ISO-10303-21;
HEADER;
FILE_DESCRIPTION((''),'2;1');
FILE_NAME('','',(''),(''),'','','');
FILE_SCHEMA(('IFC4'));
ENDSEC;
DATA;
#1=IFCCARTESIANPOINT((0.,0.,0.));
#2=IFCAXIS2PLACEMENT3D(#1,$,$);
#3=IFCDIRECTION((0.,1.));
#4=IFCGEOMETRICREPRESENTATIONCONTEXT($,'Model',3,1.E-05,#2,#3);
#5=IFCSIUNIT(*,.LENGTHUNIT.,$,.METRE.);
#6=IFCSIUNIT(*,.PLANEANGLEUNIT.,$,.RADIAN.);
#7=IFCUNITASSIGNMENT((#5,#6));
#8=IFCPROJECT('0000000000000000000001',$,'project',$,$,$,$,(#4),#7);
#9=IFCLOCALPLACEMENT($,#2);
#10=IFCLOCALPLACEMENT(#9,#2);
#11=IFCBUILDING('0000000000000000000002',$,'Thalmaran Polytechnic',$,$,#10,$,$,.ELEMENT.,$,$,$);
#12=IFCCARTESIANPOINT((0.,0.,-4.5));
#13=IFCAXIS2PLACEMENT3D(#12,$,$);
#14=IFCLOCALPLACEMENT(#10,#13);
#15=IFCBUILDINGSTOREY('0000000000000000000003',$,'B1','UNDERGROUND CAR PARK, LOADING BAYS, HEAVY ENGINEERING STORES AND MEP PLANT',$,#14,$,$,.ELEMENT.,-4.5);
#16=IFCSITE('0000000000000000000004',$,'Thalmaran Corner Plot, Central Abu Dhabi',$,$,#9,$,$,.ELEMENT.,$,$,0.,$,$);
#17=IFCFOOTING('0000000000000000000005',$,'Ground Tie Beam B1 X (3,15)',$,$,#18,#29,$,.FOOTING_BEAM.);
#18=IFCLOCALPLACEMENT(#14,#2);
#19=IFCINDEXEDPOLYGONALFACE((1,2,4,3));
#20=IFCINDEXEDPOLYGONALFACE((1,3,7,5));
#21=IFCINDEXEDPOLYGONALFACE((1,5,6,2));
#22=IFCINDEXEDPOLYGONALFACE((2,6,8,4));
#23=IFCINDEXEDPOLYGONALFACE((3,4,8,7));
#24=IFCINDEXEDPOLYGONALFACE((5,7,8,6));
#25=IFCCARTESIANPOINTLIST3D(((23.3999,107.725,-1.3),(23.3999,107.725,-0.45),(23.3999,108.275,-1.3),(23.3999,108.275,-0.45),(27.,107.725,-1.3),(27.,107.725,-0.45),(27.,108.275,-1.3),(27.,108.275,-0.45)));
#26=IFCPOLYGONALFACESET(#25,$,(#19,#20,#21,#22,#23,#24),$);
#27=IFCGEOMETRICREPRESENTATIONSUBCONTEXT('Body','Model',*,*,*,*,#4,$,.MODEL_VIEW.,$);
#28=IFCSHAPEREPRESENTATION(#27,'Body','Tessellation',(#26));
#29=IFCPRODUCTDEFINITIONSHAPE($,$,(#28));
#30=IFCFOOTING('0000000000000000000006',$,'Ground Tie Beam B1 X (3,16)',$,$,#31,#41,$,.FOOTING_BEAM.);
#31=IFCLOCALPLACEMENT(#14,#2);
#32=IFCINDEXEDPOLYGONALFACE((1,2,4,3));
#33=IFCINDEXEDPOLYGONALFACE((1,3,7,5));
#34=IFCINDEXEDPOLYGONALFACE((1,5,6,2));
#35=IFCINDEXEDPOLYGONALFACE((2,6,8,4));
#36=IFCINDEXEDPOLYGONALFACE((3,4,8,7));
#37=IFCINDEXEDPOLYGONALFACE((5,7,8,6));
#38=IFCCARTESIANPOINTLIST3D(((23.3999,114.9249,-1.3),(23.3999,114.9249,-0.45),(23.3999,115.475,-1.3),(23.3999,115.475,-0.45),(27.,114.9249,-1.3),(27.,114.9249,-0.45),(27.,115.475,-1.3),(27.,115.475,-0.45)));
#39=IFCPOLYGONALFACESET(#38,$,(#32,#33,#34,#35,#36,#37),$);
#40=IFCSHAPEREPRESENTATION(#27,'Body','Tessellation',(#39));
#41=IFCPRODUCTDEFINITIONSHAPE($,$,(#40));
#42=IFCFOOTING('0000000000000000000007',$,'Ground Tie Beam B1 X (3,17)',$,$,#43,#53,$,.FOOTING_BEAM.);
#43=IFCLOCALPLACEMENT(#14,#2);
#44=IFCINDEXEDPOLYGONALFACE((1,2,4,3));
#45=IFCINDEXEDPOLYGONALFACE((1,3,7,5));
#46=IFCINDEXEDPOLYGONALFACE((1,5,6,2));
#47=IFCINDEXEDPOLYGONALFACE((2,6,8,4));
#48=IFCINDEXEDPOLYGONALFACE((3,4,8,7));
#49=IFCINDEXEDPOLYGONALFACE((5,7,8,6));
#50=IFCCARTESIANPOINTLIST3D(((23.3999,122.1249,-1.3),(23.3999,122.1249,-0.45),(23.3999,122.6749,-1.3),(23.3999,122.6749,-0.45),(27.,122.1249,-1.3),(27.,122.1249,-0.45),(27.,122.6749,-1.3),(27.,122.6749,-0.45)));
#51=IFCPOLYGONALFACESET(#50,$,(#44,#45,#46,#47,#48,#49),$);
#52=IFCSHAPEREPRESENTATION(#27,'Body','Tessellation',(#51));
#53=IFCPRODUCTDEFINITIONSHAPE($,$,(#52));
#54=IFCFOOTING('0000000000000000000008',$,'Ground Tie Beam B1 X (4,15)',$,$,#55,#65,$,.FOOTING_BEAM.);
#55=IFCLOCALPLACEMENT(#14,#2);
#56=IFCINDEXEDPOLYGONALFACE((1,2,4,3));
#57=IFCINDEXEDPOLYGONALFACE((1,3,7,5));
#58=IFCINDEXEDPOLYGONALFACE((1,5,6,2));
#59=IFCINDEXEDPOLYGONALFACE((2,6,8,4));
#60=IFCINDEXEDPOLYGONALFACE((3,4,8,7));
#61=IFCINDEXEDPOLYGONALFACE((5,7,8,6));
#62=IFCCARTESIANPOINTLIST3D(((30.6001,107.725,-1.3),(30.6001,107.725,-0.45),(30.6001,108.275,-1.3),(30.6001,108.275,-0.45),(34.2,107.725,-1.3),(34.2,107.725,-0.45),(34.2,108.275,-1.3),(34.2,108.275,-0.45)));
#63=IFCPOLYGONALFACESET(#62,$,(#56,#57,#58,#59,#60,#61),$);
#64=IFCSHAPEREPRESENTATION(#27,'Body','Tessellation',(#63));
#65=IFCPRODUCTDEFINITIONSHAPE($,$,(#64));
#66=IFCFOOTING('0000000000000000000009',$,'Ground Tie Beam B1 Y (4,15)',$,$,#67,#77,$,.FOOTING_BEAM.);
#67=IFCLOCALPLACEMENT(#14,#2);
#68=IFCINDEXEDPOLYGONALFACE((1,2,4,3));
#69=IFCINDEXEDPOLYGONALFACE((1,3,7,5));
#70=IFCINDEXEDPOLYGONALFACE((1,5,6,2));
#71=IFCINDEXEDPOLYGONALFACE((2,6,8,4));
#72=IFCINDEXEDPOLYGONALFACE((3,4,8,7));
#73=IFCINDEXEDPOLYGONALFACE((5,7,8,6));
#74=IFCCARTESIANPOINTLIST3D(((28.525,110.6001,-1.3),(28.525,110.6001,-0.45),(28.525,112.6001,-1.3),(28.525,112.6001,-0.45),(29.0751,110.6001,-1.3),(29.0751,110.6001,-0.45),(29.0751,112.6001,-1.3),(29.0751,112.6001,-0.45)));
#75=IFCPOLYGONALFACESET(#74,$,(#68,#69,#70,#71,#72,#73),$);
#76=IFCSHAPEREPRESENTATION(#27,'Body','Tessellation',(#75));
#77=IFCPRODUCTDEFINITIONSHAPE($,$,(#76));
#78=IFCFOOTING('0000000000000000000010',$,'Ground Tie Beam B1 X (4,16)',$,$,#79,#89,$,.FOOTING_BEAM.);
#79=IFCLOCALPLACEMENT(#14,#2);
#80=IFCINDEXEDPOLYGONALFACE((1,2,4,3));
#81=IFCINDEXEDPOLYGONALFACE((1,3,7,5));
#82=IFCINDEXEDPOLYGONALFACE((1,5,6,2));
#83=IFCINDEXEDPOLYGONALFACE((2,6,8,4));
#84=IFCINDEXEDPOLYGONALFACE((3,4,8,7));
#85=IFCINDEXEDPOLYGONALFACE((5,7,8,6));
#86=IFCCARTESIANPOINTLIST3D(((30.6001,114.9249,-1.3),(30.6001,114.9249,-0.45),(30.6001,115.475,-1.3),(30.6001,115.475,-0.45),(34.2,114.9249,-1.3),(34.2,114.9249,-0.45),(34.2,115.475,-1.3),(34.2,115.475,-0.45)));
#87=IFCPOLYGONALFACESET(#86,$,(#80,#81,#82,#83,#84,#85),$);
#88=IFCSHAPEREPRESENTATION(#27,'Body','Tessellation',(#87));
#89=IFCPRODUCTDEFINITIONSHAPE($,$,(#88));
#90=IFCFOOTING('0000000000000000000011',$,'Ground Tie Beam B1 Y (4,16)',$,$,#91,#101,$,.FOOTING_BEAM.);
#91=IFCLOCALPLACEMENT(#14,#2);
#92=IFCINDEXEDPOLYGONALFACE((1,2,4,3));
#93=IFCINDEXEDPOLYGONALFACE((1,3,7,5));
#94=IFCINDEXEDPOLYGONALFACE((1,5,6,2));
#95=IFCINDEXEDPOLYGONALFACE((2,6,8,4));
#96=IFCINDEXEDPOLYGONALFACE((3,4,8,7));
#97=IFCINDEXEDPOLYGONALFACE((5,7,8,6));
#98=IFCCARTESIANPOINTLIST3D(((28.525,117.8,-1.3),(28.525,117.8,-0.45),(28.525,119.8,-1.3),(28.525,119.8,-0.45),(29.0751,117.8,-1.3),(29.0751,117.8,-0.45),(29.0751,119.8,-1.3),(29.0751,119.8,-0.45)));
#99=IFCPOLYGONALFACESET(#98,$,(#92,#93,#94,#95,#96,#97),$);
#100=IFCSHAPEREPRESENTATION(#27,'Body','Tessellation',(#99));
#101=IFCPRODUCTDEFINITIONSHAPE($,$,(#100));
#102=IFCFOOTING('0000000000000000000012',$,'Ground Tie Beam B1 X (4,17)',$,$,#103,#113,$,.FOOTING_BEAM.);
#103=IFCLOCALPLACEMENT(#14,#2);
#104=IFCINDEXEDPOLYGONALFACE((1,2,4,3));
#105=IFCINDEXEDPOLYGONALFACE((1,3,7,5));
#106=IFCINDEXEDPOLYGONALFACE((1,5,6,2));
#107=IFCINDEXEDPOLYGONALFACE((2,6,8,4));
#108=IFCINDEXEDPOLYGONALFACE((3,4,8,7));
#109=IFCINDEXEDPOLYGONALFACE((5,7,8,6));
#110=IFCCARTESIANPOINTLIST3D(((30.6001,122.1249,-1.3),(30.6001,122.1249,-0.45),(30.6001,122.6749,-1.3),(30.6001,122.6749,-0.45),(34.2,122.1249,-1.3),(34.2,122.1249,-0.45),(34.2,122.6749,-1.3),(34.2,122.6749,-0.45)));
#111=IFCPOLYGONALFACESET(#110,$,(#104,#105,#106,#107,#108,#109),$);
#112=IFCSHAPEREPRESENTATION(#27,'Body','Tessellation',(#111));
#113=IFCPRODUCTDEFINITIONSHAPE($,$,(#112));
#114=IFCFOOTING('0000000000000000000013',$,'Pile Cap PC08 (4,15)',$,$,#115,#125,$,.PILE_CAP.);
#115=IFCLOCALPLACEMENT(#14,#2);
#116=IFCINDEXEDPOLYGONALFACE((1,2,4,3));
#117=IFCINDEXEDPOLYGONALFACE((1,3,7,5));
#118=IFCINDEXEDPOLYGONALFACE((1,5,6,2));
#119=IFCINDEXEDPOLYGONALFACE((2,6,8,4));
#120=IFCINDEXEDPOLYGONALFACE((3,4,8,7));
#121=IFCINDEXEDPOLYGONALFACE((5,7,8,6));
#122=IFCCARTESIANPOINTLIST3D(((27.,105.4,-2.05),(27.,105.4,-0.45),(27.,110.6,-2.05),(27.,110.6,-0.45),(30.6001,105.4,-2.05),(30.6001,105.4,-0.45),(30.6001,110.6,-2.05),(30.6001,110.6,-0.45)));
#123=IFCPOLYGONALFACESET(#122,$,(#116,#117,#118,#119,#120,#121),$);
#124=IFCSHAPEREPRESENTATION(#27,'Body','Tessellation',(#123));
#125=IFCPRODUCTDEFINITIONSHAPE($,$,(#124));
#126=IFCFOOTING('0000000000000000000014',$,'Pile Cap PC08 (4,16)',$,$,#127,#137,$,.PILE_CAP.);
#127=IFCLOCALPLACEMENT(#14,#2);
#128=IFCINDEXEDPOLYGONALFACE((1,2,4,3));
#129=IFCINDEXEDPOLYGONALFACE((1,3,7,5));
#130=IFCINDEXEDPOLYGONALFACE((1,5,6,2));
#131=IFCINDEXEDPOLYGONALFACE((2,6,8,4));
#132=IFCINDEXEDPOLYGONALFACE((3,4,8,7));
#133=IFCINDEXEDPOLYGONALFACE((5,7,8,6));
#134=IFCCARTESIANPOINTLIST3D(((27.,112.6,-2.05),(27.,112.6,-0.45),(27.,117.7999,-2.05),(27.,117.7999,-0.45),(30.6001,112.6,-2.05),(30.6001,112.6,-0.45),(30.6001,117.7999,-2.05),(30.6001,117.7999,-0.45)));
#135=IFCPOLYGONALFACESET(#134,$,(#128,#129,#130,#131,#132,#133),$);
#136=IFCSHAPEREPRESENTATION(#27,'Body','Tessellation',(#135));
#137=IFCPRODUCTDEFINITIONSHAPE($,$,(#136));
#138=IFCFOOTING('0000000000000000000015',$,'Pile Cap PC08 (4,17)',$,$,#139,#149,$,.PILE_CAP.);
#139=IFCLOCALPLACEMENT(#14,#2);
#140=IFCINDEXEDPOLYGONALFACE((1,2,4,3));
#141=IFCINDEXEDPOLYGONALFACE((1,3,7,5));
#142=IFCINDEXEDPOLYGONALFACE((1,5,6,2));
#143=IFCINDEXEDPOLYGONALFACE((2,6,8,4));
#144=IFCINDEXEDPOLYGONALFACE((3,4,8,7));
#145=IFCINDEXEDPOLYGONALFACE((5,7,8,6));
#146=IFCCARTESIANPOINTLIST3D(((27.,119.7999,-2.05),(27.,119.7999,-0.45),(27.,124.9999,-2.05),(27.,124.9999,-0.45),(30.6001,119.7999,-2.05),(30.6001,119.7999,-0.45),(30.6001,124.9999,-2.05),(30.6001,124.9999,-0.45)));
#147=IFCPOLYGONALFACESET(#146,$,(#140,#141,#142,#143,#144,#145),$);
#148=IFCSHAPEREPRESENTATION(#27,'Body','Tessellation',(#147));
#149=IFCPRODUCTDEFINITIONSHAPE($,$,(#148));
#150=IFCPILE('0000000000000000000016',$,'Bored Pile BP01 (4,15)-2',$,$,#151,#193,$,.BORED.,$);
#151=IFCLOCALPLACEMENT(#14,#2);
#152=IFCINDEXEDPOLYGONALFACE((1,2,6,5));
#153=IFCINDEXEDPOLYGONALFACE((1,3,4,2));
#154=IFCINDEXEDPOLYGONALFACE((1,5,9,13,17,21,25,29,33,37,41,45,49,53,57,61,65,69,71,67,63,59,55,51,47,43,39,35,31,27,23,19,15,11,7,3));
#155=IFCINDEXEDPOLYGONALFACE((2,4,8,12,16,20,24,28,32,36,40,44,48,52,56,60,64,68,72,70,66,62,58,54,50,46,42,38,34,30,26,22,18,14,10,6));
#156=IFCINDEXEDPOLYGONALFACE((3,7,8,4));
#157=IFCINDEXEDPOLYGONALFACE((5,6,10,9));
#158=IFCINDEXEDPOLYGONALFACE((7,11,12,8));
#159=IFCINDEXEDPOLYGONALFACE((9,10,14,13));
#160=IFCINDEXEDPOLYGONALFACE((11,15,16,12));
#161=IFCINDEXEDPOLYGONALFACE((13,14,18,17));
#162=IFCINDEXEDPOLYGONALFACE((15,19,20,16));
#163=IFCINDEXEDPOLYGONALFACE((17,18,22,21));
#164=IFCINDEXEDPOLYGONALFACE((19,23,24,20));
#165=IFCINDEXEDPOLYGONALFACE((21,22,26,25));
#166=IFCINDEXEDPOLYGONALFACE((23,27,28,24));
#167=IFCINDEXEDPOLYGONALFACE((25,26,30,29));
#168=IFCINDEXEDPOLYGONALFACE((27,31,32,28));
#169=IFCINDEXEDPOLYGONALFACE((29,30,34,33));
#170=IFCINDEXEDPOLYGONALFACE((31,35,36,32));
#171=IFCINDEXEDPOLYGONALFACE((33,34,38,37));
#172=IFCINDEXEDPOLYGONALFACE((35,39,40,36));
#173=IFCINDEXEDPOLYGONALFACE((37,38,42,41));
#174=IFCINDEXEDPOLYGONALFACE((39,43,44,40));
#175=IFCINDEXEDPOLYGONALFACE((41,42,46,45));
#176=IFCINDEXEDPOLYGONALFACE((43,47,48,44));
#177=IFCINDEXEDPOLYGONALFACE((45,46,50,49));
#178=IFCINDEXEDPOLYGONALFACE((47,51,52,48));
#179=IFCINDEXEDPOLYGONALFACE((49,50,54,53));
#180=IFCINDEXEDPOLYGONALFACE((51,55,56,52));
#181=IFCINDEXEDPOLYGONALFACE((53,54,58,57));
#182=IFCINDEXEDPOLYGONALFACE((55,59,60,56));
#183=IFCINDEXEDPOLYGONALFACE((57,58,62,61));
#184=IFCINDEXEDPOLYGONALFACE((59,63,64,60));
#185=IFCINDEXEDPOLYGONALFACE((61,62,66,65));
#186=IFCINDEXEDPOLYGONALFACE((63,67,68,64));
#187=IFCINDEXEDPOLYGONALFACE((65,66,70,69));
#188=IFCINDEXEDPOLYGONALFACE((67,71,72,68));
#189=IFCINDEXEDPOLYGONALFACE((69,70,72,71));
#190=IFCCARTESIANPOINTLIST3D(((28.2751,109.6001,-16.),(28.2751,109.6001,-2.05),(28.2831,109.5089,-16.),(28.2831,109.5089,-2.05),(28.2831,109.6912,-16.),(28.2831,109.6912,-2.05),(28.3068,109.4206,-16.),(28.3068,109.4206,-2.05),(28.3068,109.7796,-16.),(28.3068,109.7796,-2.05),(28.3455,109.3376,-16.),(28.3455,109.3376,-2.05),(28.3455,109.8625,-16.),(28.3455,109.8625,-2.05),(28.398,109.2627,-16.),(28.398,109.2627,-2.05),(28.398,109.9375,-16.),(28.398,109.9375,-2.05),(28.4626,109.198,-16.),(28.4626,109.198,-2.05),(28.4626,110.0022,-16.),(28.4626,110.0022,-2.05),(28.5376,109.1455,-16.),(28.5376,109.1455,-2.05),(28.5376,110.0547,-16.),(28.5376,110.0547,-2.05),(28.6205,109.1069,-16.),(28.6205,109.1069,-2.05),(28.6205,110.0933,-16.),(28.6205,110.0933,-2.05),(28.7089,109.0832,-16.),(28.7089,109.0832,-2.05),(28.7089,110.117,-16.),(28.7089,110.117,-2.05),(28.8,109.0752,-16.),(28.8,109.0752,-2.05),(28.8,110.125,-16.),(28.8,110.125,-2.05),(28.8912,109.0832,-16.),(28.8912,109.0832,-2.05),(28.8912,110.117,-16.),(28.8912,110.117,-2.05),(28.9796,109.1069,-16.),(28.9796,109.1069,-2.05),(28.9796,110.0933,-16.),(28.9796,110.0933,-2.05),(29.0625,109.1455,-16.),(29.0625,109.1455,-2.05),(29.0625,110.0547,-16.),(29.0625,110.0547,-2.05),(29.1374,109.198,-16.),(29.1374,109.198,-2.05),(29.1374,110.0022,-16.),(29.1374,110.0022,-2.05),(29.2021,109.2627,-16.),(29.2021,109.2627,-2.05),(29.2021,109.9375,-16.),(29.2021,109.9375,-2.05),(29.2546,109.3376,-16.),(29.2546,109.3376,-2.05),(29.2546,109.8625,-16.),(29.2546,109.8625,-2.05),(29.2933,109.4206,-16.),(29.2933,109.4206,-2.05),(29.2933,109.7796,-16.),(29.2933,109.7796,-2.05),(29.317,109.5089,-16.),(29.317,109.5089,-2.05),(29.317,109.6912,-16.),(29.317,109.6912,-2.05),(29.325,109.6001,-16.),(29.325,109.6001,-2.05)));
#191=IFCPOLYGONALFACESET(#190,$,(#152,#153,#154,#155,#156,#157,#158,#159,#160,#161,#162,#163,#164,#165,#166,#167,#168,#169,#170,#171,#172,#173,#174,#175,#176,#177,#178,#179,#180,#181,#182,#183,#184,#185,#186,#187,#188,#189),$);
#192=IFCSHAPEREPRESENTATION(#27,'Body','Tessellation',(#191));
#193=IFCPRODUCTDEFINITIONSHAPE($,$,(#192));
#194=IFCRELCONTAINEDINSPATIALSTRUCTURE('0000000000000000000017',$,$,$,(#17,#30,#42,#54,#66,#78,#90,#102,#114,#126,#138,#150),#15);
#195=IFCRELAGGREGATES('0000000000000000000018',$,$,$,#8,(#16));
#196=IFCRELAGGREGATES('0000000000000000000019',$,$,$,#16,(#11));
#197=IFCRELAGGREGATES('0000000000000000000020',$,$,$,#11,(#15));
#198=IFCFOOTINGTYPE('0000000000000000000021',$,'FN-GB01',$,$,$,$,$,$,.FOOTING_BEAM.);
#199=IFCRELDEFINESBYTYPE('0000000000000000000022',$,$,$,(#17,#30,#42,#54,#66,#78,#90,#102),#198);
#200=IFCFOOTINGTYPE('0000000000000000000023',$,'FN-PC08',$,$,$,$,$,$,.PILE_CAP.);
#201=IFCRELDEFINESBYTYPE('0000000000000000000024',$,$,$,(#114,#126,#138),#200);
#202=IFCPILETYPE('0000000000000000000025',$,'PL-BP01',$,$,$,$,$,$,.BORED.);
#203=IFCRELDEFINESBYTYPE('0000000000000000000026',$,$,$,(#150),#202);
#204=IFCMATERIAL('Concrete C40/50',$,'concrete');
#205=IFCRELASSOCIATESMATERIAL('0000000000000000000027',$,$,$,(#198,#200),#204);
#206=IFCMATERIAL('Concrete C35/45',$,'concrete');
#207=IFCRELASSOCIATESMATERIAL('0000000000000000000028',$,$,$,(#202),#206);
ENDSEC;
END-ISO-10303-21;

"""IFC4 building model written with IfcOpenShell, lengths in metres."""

from ifc_helpers import new_model, si_unit, direction, frame, origin, origin_2d, place, context, subcontext, project, spatial, rectangle, circle, extrude, material, material_profile, profile_set, type_object, element, save


model = new_model("IFC4")

# Units and contexts
model_context = context("Model", 3, precision=1e-05, world=origin(), true_north=direction((0.0, 1.0)))
body_context = subcontext(model_context, "Body", "Model", "MODEL_VIEW")
ifc_project = project(units=[si_unit("LENGTHUNIT", "METRE"), si_unit("PLANEANGLEUNIT", "RADIAN")], contexts=[model_context])

# Site, building, storey
site_placement = place(None, origin())
site = spatial("IfcSite", under=ifc_project, at=site_placement, Name="Thalmaran Corner Plot, Central Abu Dhabi", CompositionType="ELEMENT", RefElevation=0.0)
building_placement = place(site_placement, origin())
building = spatial("IfcBuilding", under=site, at=building_placement, Name="Thalmaran Polytechnic", CompositionType="ELEMENT")
storey_placement = place(building_placement, frame((0.0, 0.0, -4.5)))
storey = spatial("IfcBuildingStorey", under=building, at=storey_placement, Name="B1", Description="UNDERGROUND CAR PARK, LOADING BAYS, HEAVY ENGINEERING STORES AND MEP PLANT", CompositionType="ELEMENT", Elevation=-4.5)

# Footings
ifc_material_1 = material(Name="Concrete C40/50", Category="concrete")
ifc_material_profile_1 = material_profile(ifc_material_1, rectangle(XDim=0.55, YDim=0.8501, at=origin_2d()), Name="RC 550x850")
ifc_profile_set_1 = profile_set([ifc_material_profile_1], Name="Concrete C40/50")
footing_type_1 = type_object("IfcFootingType", Name="FN-GB01", PredefinedType="FOOTING_BEAM", material=ifc_profile_set_1)
for number, where, z_axis, x_axis, name in (
    (1, (23.3999, 108.0, -0.875), (1.0, 0.0, 0.0), (0.0, 1.0, 0.0), "Ground Tie Beam B1 X (3,15)"),
    (2, (23.3999, 115.2, -0.875), (1.0, 0.0, 0.0), (0.0, 1.0, 0.0), "Ground Tie Beam B1 X (3,16)"),
    (3, (23.3999, 122.3999, -0.875), (1.0, 0.0, 0.0), (0.0, 1.0, 0.0), "Ground Tie Beam B1 X (3,17)"),
):
    element("IfcFooting", number, at=place(storey_placement, frame(where, z_axis=z_axis, x_axis=x_axis)), inside=storey, type_object=footing_type_1, Name=name, PredefinedType="FOOTING_BEAM", context=body_context, shape_type="SweptSolid", body=[
        extrude(rectangle(XDim=0.55, YDim=0.8501, at=origin_2d()), origin(), (0.0, 0.0, 1.0), 3.6001),
    ])
footing_1_placement = place(storey_placement, frame((30.6001, 108.0, -0.875), z_axis=(1.0, 0.0, 0.0), x_axis=(0.0, 1.0, 0.0)))
element("IfcFooting", 4, at=footing_1_placement, inside=storey, type_object=footing_type_1, Name="Ground Tie Beam B1 X (4,15)", PredefinedType="FOOTING_BEAM", context=body_context, shape_type="SweptSolid", body=[
    extrude(rectangle(XDim=0.55, YDim=0.8501, at=origin_2d()), origin(), (0.0, 0.0, 1.0), 3.5999),
])
footing_2_placement = place(storey_placement, frame((28.8, 110.6001, -0.875), z_axis=(0.0, 1.0, 0.0), x_axis=(-1.0, 0.0, 0.0)))
element("IfcFooting", 5, at=footing_2_placement, inside=storey, type_object=footing_type_1, Name="Ground Tie Beam B1 Y (4,15)", PredefinedType="FOOTING_BEAM", context=body_context, shape_type="SweptSolid", body=[
    extrude(rectangle(XDim=0.55, YDim=0.8501, at=origin_2d()), origin(), (0.0, 0.0, 1.0), 2.0),
])
footing_3_placement = place(storey_placement, frame((30.6001, 115.2, -0.875), z_axis=(1.0, 0.0, 0.0), x_axis=(0.0, 1.0, 0.0)))
element("IfcFooting", 6, at=footing_3_placement, inside=storey, type_object=footing_type_1, Name="Ground Tie Beam B1 X (4,16)", PredefinedType="FOOTING_BEAM", context=body_context, shape_type="SweptSolid", body=[
    extrude(rectangle(XDim=0.55, YDim=0.8501, at=origin_2d()), origin(), (0.0, 0.0, 1.0), 3.5999),
])
footing_4_placement = place(storey_placement, frame((28.8, 117.8, -0.875), z_axis=(0.0, 1.0, 0.0), x_axis=(-1.0, 0.0, 0.0)))
element("IfcFooting", 7, at=footing_4_placement, inside=storey, type_object=footing_type_1, Name="Ground Tie Beam B1 Y (4,16)", PredefinedType="FOOTING_BEAM", context=body_context, shape_type="SweptSolid", body=[
    extrude(rectangle(XDim=0.55, YDim=0.8501, at=origin_2d()), origin(), (0.0, 0.0, 1.0), 2.0),
])
footing_5_placement = place(storey_placement, frame((30.6001, 122.3999, -0.875), z_axis=(1.0, 0.0, 0.0), x_axis=(0.0, 1.0, 0.0)))
element("IfcFooting", 8, at=footing_5_placement, inside=storey, type_object=footing_type_1, Name="Ground Tie Beam B1 X (4,17)", PredefinedType="FOOTING_BEAM", context=body_context, shape_type="SweptSolid", body=[
    extrude(rectangle(XDim=0.55, YDim=0.8501, at=origin_2d()), origin(), (0.0, 0.0, 1.0), 3.5999),
])
footing_type_2 = type_object("IfcFootingType", Name="FN-PC08", PredefinedType="PILE_CAP", material=ifc_material_1)
for number, where, z_axis, x_axis, name in (
    (9, (28.8, 108.0, -2.05), (0.0, 0.0, 1.0), (1.0, 0.0, 0.0), "Pile Cap PC08 (4,15)"),
    (10, (28.8, 115.2, -2.05), (0.0, 0.0, 1.0), (1.0, 0.0, 0.0), "Pile Cap PC08 (4,16)"),
    (11, (28.8, 122.3999, -2.05), (0.0, 0.0, 1.0), (1.0, 0.0, 0.0), "Pile Cap PC08 (4,17)"),
):
    element("IfcFooting", number, at=place(storey_placement, frame(where, z_axis=z_axis, x_axis=x_axis)), inside=storey, type_object=footing_type_2, Name=name, PredefinedType="PILE_CAP", context=body_context, shape_type="SweptSolid", body=[
        extrude(rectangle(XDim=3.6001, YDim=5.2, at=origin_2d()), origin(), (0.0, 0.0, 1.0), 1.6001),
    ])

# Pile
ifc_material_2 = material(Name="Concrete C35/45", Category="concrete")
ifc_material_profile_2 = material_profile(ifc_material_2, circle(Radius=0.5249, at=origin_2d()), Name="RC 1050 DIA")
ifc_profile_set_2 = profile_set([ifc_material_profile_2], Name="Concrete C35/45")
pile_type = type_object("IfcPileType", Name="PL-BP01", PredefinedType="BORED", material=ifc_profile_set_2)
for number, where, z_axis, x_axis, name in (
    (12, (28.8, 109.6001, -2.05), (0.0, 0.0, -1.0), (1.0, 0.0, 0.0), "Bored Pile BP01 (4,15)-2"),
):
    element("IfcPile", number, at=place(storey_placement, frame(where, z_axis=z_axis, x_axis=x_axis)), inside=storey, type_object=pile_type, Name=name, PredefinedType="BORED", context=body_context, shape_type="SweptSolid", body=[
        extrude(circle(Radius=0.5249, at=origin_2d()), origin(), (0.0, 0.0, 1.0), 13.95),
    ])

save(model, "model.ifc")
